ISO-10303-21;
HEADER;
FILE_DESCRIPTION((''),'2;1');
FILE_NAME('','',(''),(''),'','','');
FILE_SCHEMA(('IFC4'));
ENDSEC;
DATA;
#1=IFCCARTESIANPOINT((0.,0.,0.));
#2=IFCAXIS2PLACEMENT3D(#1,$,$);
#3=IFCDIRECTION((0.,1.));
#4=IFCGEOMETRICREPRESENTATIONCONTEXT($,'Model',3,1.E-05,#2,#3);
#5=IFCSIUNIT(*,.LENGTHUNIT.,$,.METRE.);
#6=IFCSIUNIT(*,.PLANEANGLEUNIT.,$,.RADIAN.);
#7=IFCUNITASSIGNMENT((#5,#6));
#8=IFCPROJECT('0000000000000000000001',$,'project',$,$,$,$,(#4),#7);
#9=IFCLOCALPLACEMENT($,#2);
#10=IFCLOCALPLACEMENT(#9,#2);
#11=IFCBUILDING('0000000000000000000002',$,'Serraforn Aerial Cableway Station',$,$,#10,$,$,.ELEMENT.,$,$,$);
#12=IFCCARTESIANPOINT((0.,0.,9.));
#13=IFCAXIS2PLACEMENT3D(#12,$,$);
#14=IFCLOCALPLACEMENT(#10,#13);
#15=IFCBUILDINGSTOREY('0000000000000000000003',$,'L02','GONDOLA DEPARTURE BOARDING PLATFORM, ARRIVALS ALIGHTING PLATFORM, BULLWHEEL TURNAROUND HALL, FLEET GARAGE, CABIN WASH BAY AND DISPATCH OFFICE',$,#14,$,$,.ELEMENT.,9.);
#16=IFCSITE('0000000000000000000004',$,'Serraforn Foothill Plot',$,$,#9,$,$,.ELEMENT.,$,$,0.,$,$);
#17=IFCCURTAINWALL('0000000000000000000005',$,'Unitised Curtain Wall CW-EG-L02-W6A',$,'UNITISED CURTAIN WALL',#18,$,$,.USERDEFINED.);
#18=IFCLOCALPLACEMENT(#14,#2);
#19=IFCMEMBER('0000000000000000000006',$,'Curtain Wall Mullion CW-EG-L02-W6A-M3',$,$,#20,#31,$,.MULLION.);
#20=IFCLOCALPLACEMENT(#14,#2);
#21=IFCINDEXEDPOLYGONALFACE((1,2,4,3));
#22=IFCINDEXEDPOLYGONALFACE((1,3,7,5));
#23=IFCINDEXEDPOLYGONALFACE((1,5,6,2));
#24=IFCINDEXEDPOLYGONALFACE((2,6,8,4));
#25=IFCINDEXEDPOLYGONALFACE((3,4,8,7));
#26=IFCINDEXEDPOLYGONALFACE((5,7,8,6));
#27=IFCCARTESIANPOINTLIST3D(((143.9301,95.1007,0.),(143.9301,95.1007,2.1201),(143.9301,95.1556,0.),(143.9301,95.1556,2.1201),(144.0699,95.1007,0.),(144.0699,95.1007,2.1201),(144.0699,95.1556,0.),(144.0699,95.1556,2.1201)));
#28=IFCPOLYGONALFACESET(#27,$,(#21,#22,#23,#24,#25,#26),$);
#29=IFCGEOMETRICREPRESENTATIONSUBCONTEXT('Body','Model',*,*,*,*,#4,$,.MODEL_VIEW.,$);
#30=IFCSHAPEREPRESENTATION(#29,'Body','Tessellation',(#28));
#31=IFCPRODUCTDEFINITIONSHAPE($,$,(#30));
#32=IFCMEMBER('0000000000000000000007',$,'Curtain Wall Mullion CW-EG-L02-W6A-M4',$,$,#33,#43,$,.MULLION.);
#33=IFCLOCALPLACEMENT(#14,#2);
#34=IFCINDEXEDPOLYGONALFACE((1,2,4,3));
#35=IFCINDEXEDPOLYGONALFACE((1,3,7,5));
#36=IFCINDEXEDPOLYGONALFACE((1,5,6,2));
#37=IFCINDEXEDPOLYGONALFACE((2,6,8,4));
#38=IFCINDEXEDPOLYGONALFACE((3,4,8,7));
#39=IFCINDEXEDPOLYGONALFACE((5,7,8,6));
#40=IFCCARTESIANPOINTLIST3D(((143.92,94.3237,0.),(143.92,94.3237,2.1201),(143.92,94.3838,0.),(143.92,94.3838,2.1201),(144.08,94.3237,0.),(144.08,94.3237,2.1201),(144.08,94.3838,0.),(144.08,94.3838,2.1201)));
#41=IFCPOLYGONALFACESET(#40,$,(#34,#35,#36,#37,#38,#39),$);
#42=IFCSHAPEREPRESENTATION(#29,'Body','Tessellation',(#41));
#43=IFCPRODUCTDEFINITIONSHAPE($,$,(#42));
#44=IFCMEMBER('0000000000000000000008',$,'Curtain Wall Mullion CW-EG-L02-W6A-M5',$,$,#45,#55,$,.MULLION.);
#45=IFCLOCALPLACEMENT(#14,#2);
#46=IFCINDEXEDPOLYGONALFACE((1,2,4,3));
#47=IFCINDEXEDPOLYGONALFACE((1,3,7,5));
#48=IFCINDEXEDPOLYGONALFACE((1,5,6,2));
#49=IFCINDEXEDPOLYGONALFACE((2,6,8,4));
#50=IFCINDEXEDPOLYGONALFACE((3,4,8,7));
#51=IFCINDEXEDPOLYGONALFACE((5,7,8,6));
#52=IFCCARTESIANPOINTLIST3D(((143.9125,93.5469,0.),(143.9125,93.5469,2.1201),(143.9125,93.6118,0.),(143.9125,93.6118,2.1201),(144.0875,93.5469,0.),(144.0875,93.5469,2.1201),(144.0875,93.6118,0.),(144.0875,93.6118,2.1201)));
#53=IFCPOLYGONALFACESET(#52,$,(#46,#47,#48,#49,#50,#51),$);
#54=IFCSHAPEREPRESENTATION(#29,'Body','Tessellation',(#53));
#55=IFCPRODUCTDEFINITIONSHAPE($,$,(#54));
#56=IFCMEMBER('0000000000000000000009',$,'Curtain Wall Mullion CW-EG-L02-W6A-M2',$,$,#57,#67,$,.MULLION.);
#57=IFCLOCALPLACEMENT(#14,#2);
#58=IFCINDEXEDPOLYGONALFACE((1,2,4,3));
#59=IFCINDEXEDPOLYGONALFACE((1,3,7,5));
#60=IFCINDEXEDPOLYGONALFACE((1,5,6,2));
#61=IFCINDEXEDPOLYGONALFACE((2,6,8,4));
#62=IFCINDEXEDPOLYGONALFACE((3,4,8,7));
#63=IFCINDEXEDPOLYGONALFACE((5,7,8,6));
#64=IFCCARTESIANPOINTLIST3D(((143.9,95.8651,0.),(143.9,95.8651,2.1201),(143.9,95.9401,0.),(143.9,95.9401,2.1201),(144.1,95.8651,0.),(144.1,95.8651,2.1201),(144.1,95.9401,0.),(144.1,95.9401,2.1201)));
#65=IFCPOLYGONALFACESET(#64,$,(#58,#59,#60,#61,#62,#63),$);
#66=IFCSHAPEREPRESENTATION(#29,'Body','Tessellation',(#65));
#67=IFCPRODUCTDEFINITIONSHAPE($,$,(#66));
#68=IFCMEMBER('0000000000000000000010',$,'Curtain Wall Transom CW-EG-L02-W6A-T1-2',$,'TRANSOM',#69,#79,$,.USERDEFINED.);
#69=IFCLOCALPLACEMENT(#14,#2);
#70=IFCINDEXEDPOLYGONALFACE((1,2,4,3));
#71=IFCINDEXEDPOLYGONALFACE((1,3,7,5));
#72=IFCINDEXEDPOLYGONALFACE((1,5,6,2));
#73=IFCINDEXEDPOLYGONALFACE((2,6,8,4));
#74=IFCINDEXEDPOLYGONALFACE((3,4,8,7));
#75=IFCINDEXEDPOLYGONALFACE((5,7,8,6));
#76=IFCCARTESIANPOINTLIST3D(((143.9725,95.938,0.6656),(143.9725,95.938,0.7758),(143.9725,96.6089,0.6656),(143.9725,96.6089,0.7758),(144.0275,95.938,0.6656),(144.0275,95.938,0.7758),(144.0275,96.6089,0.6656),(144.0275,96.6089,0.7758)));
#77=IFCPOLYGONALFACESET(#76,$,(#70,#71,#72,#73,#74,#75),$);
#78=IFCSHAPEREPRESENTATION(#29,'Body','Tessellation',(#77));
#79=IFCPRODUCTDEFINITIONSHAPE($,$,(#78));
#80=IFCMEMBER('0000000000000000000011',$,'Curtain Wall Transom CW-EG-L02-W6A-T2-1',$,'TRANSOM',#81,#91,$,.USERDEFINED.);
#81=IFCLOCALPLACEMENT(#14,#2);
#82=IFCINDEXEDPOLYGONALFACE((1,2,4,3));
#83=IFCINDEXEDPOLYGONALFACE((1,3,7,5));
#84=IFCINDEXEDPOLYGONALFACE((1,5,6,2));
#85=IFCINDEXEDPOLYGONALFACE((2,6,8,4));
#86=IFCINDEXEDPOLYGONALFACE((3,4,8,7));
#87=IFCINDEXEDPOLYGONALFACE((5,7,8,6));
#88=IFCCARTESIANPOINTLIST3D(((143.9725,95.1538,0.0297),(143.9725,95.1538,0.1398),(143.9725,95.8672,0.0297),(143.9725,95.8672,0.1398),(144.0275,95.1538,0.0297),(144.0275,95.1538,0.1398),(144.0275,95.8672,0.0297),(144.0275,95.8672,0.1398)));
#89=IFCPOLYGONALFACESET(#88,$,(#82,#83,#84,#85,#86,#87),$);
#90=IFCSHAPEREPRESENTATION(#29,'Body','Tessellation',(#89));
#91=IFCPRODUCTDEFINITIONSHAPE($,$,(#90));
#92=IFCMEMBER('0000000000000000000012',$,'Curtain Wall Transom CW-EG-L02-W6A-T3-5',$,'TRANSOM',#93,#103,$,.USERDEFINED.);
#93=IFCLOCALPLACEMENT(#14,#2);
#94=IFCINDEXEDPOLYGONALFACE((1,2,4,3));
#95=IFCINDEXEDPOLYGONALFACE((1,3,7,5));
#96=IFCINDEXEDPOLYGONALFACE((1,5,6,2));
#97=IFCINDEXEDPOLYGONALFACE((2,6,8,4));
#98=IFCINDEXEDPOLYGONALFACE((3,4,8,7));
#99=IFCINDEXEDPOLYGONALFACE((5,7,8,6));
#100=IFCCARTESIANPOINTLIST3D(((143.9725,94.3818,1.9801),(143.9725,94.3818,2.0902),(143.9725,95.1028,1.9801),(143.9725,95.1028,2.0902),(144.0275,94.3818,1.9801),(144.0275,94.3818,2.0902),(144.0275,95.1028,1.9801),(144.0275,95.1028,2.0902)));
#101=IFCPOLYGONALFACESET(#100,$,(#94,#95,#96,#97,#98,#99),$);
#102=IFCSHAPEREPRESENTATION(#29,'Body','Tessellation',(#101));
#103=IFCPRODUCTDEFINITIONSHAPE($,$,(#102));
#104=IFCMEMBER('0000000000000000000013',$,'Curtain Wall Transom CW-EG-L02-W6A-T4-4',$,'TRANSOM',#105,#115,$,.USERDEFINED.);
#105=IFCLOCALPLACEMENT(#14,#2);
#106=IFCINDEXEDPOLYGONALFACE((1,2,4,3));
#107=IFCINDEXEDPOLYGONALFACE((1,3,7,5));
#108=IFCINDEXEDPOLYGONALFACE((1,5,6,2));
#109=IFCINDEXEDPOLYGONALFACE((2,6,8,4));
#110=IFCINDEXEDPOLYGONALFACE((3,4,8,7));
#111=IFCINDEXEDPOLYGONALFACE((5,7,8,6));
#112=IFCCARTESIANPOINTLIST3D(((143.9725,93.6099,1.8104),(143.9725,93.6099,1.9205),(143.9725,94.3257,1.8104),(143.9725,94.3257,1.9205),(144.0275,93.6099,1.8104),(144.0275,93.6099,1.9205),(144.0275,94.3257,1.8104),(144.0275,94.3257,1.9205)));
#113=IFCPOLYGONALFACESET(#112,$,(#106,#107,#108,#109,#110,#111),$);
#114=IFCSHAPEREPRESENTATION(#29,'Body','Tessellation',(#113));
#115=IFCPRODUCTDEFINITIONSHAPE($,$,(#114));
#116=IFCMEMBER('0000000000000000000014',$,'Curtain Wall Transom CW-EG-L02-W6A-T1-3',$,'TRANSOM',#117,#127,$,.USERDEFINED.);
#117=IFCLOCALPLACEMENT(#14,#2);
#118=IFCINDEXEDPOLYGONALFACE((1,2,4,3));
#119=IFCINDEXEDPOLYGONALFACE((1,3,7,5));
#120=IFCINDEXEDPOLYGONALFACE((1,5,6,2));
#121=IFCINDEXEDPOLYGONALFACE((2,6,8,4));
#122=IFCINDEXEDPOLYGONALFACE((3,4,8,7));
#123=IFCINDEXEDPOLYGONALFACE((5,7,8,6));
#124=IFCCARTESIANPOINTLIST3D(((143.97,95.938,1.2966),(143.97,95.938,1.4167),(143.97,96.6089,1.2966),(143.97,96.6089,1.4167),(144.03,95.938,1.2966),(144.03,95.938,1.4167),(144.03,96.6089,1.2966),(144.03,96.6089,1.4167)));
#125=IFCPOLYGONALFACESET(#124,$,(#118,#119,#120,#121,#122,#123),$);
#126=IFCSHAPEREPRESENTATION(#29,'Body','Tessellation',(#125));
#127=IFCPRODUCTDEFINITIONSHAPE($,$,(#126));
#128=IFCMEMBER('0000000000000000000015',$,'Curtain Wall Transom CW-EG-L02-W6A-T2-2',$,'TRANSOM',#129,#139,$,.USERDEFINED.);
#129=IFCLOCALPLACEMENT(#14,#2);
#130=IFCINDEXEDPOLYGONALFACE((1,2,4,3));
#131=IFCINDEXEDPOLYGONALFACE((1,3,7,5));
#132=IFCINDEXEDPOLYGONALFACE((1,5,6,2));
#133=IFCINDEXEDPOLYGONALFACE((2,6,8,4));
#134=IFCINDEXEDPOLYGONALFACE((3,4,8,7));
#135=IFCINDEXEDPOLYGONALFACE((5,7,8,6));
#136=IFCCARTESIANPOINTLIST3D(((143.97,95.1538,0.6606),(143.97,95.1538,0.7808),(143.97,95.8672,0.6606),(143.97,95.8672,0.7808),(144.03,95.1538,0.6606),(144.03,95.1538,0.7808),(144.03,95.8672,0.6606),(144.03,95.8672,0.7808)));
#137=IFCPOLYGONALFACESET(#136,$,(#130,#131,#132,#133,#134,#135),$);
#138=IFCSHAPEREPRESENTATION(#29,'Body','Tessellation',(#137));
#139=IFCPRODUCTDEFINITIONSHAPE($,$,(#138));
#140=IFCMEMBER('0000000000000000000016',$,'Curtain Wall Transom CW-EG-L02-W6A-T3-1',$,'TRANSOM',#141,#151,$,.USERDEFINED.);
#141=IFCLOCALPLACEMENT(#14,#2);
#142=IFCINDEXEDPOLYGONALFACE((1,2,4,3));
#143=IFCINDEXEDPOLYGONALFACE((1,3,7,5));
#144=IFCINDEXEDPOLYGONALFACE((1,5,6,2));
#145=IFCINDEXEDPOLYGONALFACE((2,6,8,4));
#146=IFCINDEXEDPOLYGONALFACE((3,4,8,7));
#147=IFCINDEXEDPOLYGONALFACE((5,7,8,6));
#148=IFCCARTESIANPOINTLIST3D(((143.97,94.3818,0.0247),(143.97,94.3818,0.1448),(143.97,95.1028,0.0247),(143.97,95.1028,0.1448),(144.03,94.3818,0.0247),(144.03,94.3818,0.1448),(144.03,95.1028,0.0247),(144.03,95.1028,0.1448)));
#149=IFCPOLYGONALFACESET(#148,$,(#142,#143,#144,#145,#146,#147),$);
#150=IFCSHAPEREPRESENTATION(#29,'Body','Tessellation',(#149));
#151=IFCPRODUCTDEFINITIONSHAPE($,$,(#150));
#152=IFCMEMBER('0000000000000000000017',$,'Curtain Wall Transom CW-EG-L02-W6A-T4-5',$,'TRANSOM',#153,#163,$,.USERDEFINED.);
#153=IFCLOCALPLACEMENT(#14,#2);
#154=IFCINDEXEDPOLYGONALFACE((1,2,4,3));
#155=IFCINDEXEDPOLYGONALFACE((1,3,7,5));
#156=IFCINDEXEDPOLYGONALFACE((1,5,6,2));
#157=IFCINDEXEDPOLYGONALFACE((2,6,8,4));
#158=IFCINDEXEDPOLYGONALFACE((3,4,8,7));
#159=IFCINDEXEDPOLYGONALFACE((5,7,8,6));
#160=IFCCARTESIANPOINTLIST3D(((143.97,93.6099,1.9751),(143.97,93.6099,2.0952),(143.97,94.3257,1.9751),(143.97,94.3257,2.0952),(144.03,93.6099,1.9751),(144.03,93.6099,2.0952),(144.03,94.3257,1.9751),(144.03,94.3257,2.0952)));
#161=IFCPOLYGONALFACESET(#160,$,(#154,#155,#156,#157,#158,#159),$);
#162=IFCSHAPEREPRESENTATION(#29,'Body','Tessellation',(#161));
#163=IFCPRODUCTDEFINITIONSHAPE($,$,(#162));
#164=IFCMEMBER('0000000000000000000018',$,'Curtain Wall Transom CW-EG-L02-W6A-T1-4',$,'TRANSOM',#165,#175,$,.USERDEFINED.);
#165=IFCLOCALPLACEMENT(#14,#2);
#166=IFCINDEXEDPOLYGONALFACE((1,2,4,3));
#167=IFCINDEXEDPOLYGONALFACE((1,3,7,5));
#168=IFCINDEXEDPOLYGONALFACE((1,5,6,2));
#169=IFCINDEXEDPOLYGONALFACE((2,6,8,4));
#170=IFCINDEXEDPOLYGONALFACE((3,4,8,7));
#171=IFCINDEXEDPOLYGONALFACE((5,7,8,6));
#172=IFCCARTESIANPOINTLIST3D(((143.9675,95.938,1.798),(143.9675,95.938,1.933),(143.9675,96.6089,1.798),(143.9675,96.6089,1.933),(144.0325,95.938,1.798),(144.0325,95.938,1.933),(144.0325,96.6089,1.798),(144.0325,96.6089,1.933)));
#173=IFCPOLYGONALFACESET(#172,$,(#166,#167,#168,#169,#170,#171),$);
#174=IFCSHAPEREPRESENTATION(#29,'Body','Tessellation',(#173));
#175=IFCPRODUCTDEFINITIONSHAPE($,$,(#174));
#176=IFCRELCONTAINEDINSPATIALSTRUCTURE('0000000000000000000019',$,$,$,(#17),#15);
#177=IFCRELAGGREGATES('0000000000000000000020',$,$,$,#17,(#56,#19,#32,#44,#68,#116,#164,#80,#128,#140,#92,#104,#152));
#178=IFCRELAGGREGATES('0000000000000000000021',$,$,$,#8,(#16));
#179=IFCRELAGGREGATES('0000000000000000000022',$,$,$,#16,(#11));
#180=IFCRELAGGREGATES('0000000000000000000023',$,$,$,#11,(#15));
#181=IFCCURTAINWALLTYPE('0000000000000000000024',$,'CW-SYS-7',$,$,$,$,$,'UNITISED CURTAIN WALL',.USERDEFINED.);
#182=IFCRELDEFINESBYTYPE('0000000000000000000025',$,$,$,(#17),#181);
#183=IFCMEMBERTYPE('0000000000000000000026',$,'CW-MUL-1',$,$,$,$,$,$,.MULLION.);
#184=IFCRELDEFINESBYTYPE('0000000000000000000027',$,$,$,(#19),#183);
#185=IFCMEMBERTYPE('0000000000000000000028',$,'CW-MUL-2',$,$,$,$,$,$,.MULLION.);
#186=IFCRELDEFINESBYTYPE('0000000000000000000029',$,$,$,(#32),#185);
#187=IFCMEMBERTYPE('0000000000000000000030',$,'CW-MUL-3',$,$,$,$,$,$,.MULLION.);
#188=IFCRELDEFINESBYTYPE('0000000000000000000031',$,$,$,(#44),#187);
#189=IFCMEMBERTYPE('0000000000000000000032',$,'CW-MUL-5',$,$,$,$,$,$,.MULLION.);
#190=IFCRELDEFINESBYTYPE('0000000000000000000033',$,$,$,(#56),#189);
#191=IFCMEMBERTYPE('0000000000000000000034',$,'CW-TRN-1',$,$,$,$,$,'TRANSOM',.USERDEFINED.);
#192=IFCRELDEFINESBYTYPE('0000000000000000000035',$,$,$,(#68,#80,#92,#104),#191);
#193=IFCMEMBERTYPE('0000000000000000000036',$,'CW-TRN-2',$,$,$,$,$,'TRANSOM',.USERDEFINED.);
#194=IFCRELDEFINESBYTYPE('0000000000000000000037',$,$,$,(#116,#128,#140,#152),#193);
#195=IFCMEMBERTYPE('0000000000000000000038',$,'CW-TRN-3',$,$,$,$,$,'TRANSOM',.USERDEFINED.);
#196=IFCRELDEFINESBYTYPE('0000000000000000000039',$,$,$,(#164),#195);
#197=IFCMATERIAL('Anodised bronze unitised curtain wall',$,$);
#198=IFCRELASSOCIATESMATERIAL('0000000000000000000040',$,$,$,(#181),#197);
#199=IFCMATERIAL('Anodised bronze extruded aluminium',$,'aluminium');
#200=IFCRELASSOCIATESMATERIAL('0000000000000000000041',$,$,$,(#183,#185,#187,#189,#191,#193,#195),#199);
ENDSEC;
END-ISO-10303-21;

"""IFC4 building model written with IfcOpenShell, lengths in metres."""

from ifc_helpers import new_model, si_unit, direction, frame, origin, origin_2d, place, context, subcontext, project, spatial, rectangle, extrude, material, material_profile, profile_set, type_object, element, aggregate, save


model = new_model("IFC4")

# Units and contexts
model_context = context("Model", 3, precision=1e-05, world=origin(), true_north=direction((0.0, 1.0)))
body_context = subcontext(model_context, "Body", "Model", "MODEL_VIEW")
ifc_project = project(units=[si_unit("LENGTHUNIT", "METRE"), si_unit("PLANEANGLEUNIT", "RADIAN")], contexts=[model_context])

# Site, building, storey
site_placement = place(None, origin())
site = spatial("IfcSite", under=ifc_project, at=site_placement, Name="Serraforn Foothill Plot", CompositionType="ELEMENT", RefElevation=0.0)
building_placement = place(site_placement, origin())
building = spatial("IfcBuilding", under=site, at=building_placement, Name="Serraforn Aerial Cableway Station", CompositionType="ELEMENT")
storey_placement = place(building_placement, frame((0.0, 0.0, 9.0)))
storey = spatial("IfcBuildingStorey", under=building, at=storey_placement, Name="L02", Description="GONDOLA DEPARTURE BOARDING PLATFORM, ARRIVALS ALIGHTING PLATFORM, BULLWHEEL TURNAROUND HALL, FLEET GARAGE, CABIN WASH BAY AND DISPATCH OFFICE", CompositionType="ELEMENT", Elevation=9.0)

# Curtain wall, members
ifc_material_1 = material(Name="Anodised bronze unitised curtain wall")
curtain_wall_type = type_object("IfcCurtainWallType", Name="CW-SYS-7", ElementType="UNITISED CURTAIN WALL", PredefinedType="USERDEFINED", material=ifc_material_1)
curtain_wall_placement = place(storey_placement, origin())
curtain_wall = element("IfcCurtainWall", 1, at=curtain_wall_placement, inside=storey, type_object=curtain_wall_type, Name="Unitised Curtain Wall CW-EG-L02-W6A", ObjectType="UNITISED CURTAIN WALL", PredefinedType="USERDEFINED")
ifc_material_2 = material(Name="Anodised bronze extruded aluminium", Category="aluminium")
ifc_material_profile_1 = material_profile(ifc_material_2, rectangle(XDim=0.0549, YDim=0.1399, at=origin_2d()), Name="CW MULLION 55x140")
ifc_profile_set_1 = profile_set([ifc_material_profile_1], Name="Anodised bronze extruded aluminium")
member_type_1 = type_object("IfcMemberType", Name="CW-MUL-1", PredefinedType="MULLION", material=ifc_profile_set_1)
member_1_placement = place(storey_placement, frame((144.0, 95.1282, 0.0), z_axis=(0.0, 0.0, 1.0), x_axis=(0.0, -1.0, 0.0)))
member_1 = element("IfcMember", 2, at=member_1_placement, type_object=member_type_1, Name="Curtain Wall Mullion CW-EG-L02-W6A-M3", PredefinedType="MULLION", context=body_context, shape_type="SweptSolid", body=[
    extrude(rectangle(XDim=0.0549, YDim=0.1399, at=origin_2d()), origin(), (0.0, 0.0, 1.0), 2.1201),
])
ifc_material_profile_2 = material_profile(ifc_material_2, rectangle(XDim=0.0601, YDim=0.1599, at=origin_2d()), Name="CW MULLION 60x160")
ifc_profile_set_2 = profile_set([ifc_material_profile_2], Name="Anodised bronze extruded aluminium")
member_type_2 = type_object("IfcMemberType", Name="CW-MUL-2", PredefinedType="MULLION", material=ifc_profile_set_2)
member_2_placement = place(storey_placement, frame((144.0, 94.3538, 0.0), z_axis=(0.0, 0.0, 1.0), x_axis=(0.0, -1.0, 0.0)))
member_2 = element("IfcMember", 3, at=member_2_placement, type_object=member_type_2, Name="Curtain Wall Mullion CW-EG-L02-W6A-M4", PredefinedType="MULLION", context=body_context, shape_type="SweptSolid", body=[
    extrude(rectangle(XDim=0.0601, YDim=0.1599, at=origin_2d()), origin(), (0.0, 0.0, 1.0), 2.1201),
])
ifc_material_profile_3 = material_profile(ifc_material_2, rectangle(XDim=0.0649, YDim=0.175, at=origin_2d()), Name="CW MULLION 65x175")
ifc_profile_set_3 = profile_set([ifc_material_profile_3], Name="Anodised bronze extruded aluminium")
member_type_3 = type_object("IfcMemberType", Name="CW-MUL-3", PredefinedType="MULLION", material=ifc_profile_set_3)
member_3_placement = place(storey_placement, frame((144.0, 93.5793, 0.0), z_axis=(0.0, 0.0, 1.0), x_axis=(0.0, -1.0, 0.0)))
member_3 = element("IfcMember", 4, at=member_3_placement, type_object=member_type_3, Name="Curtain Wall Mullion CW-EG-L02-W6A-M5", PredefinedType="MULLION", context=body_context, shape_type="SweptSolid", body=[
    extrude(rectangle(XDim=0.0649, YDim=0.175, at=origin_2d()), origin(), (0.0, 0.0, 1.0), 2.1201),
])
ifc_material_profile_4 = material_profile(ifc_material_2, rectangle(XDim=0.075, YDim=0.2, at=origin_2d()), Name="CW MULLION 75x200")
ifc_profile_set_4 = profile_set([ifc_material_profile_4], Name="Anodised bronze extruded aluminium")
member_type_4 = type_object("IfcMemberType", Name="CW-MUL-5", PredefinedType="MULLION", material=ifc_profile_set_4)
member_4_placement = place(storey_placement, frame((144.0, 95.9026, 0.0), z_axis=(0.0, 0.0, 1.0), x_axis=(0.0, -1.0, 0.0)))
member_4 = element("IfcMember", 5, at=member_4_placement, type_object=member_type_4, Name="Curtain Wall Mullion CW-EG-L02-W6A-M2", PredefinedType="MULLION", context=body_context, shape_type="SweptSolid", body=[
    extrude(rectangle(XDim=0.075, YDim=0.2, at=origin_2d()), origin(), (0.0, 0.0, 1.0), 2.1201),
])
ifc_material_profile_5 = material_profile(ifc_material_2, rectangle(XDim=0.0549, YDim=0.1101, at=origin_2d()), Name="CW TRANSOM 55x110")
ifc_profile_set_5 = profile_set([ifc_material_profile_5], Name="Anodised bronze extruded aluminium")
member_type_5 = type_object("IfcMemberType", Name="CW-TRN-1", ElementType="TRANSOM", PredefinedType="USERDEFINED", material=ifc_profile_set_5)
member_5_placement = place(storey_placement, frame((144.0, 96.6089, 0.7207), z_axis=(0.0, -1.0, 0.0), x_axis=(1.0, 0.0, 0.0)))
member_5 = element("IfcMember", 6, at=member_5_placement, type_object=member_type_5, Name="Curtain Wall Transom CW-EG-L02-W6A-T1-2", ObjectType="TRANSOM", PredefinedType="USERDEFINED", context=body_context, shape_type="SweptSolid", body=[
    extrude(rectangle(XDim=0.0549, YDim=0.1101, at=origin_2d()), origin(), (0.0, 0.0, 1.0), 0.6709),
])
member_6_placement = place(storey_placement, frame((144.0, 95.8672, 0.0847), z_axis=(0.0, -1.0, 0.0), x_axis=(1.0, 0.0, 0.0)))
member_6 = element("IfcMember", 7, at=member_6_placement, type_object=member_type_5, Name="Curtain Wall Transom CW-EG-L02-W6A-T2-1", ObjectType="TRANSOM", PredefinedType="USERDEFINED", context=body_context, shape_type="SweptSolid", body=[
    extrude(rectangle(XDim=0.0549, YDim=0.1101, at=origin_2d()), origin(), (0.0, 0.0, 1.0), 0.7134),
])
member_7_placement = place(storey_placement, frame((144.0, 95.1028, 2.0352), z_axis=(0.0, -1.0, 0.0), x_axis=(1.0, 0.0, 0.0)))
member_7 = element("IfcMember", 8, at=member_7_placement, type_object=member_type_5, Name="Curtain Wall Transom CW-EG-L02-W6A-T3-5", ObjectType="TRANSOM", PredefinedType="USERDEFINED", context=body_context, shape_type="SweptSolid", body=[
    extrude(rectangle(XDim=0.0549, YDim=0.1101, at=origin_2d()), origin(), (0.0, 0.0, 1.0), 0.7209),
])
member_8_placement = place(storey_placement, frame((144.0, 94.3257, 1.8655), z_axis=(0.0, -1.0, 0.0), x_axis=(1.0, 0.0, 0.0)))
member_8 = element("IfcMember", 9, at=member_8_placement, type_object=member_type_5, Name="Curtain Wall Transom CW-EG-L02-W6A-T4-4", ObjectType="TRANSOM", PredefinedType="USERDEFINED", context=body_context, shape_type="SweptSolid", body=[
    extrude(rectangle(XDim=0.0549, YDim=0.1101, at=origin_2d()), origin(), (0.0, 0.0, 1.0), 0.7158),
])
ifc_material_profile_6 = material_profile(ifc_material_2, rectangle(XDim=0.0601, YDim=0.1201, at=origin_2d()), Name="CW TRANSOM 60x120")
ifc_profile_set_6 = profile_set([ifc_material_profile_6], Name="Anodised bronze extruded aluminium")
member_type_6 = type_object("IfcMemberType", Name="CW-TRN-2", ElementType="TRANSOM", PredefinedType="USERDEFINED", material=ifc_profile_set_6)
member_9_placement = place(storey_placement, frame((144.0, 96.6089, 1.3567), z_axis=(0.0, -1.0, 0.0), x_axis=(1.0, 0.0, 0.0)))
member_9 = element("IfcMember", 10, at=member_9_placement, type_object=member_type_6, Name="Curtain Wall Transom CW-EG-L02-W6A-T1-3", ObjectType="TRANSOM", PredefinedType="USERDEFINED", context=body_context, shape_type="SweptSolid", body=[
    extrude(rectangle(XDim=0.0601, YDim=0.1201, at=origin_2d()), origin(), (0.0, 0.0, 1.0), 0.6709),
])
member_10_placement = place(storey_placement, frame((144.0, 95.8672, 0.7207), z_axis=(0.0, -1.0, 0.0), x_axis=(1.0, 0.0, 0.0)))
member_10 = element("IfcMember", 11, at=member_10_placement, type_object=member_type_6, Name="Curtain Wall Transom CW-EG-L02-W6A-T2-2", ObjectType="TRANSOM", PredefinedType="USERDEFINED", context=body_context, shape_type="SweptSolid", body=[
    extrude(rectangle(XDim=0.0601, YDim=0.1201, at=origin_2d()), origin(), (0.0, 0.0, 1.0), 0.7134),
])
member_11_placement = place(storey_placement, frame((144.0, 95.1028, 0.0847), z_axis=(0.0, -1.0, 0.0), x_axis=(1.0, 0.0, 0.0)))
member_11 = element("IfcMember", 12, at=member_11_placement, type_object=member_type_6, Name="Curtain Wall Transom CW-EG-L02-W6A-T3-1", ObjectType="TRANSOM", PredefinedType="USERDEFINED", context=body_context, shape_type="SweptSolid", body=[
    extrude(rectangle(XDim=0.0601, YDim=0.1201, at=origin_2d()), origin(), (0.0, 0.0, 1.0), 0.7209),
])
member_12_placement = place(storey_placement, frame((144.0, 94.3257, 2.0352), z_axis=(0.0, -1.0, 0.0), x_axis=(1.0, 0.0, 0.0)))
member_12 = element("IfcMember", 13, at=member_12_placement, type_object=member_type_6, Name="Curtain Wall Transom CW-EG-L02-W6A-T4-5", ObjectType="TRANSOM", PredefinedType="USERDEFINED", context=body_context, shape_type="SweptSolid", body=[
    extrude(rectangle(XDim=0.0601, YDim=0.1201, at=origin_2d()), origin(), (0.0, 0.0, 1.0), 0.7158),
])
ifc_material_profile_7 = material_profile(ifc_material_2, rectangle(XDim=0.0649, YDim=0.135, at=origin_2d()), Name="CW TRANSOM 65x135")
ifc_profile_set_7 = profile_set([ifc_material_profile_7], Name="Anodised bronze extruded aluminium")
member_type_7 = type_object("IfcMemberType", Name="CW-TRN-3", ElementType="TRANSOM", PredefinedType="USERDEFINED", material=ifc_profile_set_7)
member_13_placement = place(storey_placement, frame((144.0, 96.6089, 1.8655), z_axis=(0.0, -1.0, 0.0), x_axis=(1.0, 0.0, 0.0)))
member_13 = element("IfcMember", 14, at=member_13_placement, type_object=member_type_7, Name="Curtain Wall Transom CW-EG-L02-W6A-T1-4", ObjectType="TRANSOM", PredefinedType="USERDEFINED", context=body_context, shape_type="SweptSolid", body=[
    extrude(rectangle(XDim=0.0649, YDim=0.135, at=origin_2d()), origin(), (0.0, 0.0, 1.0), 0.6709),
])
aggregate(curtain_wall, [member_4, member_1, member_2, member_3, member_5, member_9, member_13, member_6, member_10, member_11, member_7, member_8, member_12])

save(model, "model.ifc")
